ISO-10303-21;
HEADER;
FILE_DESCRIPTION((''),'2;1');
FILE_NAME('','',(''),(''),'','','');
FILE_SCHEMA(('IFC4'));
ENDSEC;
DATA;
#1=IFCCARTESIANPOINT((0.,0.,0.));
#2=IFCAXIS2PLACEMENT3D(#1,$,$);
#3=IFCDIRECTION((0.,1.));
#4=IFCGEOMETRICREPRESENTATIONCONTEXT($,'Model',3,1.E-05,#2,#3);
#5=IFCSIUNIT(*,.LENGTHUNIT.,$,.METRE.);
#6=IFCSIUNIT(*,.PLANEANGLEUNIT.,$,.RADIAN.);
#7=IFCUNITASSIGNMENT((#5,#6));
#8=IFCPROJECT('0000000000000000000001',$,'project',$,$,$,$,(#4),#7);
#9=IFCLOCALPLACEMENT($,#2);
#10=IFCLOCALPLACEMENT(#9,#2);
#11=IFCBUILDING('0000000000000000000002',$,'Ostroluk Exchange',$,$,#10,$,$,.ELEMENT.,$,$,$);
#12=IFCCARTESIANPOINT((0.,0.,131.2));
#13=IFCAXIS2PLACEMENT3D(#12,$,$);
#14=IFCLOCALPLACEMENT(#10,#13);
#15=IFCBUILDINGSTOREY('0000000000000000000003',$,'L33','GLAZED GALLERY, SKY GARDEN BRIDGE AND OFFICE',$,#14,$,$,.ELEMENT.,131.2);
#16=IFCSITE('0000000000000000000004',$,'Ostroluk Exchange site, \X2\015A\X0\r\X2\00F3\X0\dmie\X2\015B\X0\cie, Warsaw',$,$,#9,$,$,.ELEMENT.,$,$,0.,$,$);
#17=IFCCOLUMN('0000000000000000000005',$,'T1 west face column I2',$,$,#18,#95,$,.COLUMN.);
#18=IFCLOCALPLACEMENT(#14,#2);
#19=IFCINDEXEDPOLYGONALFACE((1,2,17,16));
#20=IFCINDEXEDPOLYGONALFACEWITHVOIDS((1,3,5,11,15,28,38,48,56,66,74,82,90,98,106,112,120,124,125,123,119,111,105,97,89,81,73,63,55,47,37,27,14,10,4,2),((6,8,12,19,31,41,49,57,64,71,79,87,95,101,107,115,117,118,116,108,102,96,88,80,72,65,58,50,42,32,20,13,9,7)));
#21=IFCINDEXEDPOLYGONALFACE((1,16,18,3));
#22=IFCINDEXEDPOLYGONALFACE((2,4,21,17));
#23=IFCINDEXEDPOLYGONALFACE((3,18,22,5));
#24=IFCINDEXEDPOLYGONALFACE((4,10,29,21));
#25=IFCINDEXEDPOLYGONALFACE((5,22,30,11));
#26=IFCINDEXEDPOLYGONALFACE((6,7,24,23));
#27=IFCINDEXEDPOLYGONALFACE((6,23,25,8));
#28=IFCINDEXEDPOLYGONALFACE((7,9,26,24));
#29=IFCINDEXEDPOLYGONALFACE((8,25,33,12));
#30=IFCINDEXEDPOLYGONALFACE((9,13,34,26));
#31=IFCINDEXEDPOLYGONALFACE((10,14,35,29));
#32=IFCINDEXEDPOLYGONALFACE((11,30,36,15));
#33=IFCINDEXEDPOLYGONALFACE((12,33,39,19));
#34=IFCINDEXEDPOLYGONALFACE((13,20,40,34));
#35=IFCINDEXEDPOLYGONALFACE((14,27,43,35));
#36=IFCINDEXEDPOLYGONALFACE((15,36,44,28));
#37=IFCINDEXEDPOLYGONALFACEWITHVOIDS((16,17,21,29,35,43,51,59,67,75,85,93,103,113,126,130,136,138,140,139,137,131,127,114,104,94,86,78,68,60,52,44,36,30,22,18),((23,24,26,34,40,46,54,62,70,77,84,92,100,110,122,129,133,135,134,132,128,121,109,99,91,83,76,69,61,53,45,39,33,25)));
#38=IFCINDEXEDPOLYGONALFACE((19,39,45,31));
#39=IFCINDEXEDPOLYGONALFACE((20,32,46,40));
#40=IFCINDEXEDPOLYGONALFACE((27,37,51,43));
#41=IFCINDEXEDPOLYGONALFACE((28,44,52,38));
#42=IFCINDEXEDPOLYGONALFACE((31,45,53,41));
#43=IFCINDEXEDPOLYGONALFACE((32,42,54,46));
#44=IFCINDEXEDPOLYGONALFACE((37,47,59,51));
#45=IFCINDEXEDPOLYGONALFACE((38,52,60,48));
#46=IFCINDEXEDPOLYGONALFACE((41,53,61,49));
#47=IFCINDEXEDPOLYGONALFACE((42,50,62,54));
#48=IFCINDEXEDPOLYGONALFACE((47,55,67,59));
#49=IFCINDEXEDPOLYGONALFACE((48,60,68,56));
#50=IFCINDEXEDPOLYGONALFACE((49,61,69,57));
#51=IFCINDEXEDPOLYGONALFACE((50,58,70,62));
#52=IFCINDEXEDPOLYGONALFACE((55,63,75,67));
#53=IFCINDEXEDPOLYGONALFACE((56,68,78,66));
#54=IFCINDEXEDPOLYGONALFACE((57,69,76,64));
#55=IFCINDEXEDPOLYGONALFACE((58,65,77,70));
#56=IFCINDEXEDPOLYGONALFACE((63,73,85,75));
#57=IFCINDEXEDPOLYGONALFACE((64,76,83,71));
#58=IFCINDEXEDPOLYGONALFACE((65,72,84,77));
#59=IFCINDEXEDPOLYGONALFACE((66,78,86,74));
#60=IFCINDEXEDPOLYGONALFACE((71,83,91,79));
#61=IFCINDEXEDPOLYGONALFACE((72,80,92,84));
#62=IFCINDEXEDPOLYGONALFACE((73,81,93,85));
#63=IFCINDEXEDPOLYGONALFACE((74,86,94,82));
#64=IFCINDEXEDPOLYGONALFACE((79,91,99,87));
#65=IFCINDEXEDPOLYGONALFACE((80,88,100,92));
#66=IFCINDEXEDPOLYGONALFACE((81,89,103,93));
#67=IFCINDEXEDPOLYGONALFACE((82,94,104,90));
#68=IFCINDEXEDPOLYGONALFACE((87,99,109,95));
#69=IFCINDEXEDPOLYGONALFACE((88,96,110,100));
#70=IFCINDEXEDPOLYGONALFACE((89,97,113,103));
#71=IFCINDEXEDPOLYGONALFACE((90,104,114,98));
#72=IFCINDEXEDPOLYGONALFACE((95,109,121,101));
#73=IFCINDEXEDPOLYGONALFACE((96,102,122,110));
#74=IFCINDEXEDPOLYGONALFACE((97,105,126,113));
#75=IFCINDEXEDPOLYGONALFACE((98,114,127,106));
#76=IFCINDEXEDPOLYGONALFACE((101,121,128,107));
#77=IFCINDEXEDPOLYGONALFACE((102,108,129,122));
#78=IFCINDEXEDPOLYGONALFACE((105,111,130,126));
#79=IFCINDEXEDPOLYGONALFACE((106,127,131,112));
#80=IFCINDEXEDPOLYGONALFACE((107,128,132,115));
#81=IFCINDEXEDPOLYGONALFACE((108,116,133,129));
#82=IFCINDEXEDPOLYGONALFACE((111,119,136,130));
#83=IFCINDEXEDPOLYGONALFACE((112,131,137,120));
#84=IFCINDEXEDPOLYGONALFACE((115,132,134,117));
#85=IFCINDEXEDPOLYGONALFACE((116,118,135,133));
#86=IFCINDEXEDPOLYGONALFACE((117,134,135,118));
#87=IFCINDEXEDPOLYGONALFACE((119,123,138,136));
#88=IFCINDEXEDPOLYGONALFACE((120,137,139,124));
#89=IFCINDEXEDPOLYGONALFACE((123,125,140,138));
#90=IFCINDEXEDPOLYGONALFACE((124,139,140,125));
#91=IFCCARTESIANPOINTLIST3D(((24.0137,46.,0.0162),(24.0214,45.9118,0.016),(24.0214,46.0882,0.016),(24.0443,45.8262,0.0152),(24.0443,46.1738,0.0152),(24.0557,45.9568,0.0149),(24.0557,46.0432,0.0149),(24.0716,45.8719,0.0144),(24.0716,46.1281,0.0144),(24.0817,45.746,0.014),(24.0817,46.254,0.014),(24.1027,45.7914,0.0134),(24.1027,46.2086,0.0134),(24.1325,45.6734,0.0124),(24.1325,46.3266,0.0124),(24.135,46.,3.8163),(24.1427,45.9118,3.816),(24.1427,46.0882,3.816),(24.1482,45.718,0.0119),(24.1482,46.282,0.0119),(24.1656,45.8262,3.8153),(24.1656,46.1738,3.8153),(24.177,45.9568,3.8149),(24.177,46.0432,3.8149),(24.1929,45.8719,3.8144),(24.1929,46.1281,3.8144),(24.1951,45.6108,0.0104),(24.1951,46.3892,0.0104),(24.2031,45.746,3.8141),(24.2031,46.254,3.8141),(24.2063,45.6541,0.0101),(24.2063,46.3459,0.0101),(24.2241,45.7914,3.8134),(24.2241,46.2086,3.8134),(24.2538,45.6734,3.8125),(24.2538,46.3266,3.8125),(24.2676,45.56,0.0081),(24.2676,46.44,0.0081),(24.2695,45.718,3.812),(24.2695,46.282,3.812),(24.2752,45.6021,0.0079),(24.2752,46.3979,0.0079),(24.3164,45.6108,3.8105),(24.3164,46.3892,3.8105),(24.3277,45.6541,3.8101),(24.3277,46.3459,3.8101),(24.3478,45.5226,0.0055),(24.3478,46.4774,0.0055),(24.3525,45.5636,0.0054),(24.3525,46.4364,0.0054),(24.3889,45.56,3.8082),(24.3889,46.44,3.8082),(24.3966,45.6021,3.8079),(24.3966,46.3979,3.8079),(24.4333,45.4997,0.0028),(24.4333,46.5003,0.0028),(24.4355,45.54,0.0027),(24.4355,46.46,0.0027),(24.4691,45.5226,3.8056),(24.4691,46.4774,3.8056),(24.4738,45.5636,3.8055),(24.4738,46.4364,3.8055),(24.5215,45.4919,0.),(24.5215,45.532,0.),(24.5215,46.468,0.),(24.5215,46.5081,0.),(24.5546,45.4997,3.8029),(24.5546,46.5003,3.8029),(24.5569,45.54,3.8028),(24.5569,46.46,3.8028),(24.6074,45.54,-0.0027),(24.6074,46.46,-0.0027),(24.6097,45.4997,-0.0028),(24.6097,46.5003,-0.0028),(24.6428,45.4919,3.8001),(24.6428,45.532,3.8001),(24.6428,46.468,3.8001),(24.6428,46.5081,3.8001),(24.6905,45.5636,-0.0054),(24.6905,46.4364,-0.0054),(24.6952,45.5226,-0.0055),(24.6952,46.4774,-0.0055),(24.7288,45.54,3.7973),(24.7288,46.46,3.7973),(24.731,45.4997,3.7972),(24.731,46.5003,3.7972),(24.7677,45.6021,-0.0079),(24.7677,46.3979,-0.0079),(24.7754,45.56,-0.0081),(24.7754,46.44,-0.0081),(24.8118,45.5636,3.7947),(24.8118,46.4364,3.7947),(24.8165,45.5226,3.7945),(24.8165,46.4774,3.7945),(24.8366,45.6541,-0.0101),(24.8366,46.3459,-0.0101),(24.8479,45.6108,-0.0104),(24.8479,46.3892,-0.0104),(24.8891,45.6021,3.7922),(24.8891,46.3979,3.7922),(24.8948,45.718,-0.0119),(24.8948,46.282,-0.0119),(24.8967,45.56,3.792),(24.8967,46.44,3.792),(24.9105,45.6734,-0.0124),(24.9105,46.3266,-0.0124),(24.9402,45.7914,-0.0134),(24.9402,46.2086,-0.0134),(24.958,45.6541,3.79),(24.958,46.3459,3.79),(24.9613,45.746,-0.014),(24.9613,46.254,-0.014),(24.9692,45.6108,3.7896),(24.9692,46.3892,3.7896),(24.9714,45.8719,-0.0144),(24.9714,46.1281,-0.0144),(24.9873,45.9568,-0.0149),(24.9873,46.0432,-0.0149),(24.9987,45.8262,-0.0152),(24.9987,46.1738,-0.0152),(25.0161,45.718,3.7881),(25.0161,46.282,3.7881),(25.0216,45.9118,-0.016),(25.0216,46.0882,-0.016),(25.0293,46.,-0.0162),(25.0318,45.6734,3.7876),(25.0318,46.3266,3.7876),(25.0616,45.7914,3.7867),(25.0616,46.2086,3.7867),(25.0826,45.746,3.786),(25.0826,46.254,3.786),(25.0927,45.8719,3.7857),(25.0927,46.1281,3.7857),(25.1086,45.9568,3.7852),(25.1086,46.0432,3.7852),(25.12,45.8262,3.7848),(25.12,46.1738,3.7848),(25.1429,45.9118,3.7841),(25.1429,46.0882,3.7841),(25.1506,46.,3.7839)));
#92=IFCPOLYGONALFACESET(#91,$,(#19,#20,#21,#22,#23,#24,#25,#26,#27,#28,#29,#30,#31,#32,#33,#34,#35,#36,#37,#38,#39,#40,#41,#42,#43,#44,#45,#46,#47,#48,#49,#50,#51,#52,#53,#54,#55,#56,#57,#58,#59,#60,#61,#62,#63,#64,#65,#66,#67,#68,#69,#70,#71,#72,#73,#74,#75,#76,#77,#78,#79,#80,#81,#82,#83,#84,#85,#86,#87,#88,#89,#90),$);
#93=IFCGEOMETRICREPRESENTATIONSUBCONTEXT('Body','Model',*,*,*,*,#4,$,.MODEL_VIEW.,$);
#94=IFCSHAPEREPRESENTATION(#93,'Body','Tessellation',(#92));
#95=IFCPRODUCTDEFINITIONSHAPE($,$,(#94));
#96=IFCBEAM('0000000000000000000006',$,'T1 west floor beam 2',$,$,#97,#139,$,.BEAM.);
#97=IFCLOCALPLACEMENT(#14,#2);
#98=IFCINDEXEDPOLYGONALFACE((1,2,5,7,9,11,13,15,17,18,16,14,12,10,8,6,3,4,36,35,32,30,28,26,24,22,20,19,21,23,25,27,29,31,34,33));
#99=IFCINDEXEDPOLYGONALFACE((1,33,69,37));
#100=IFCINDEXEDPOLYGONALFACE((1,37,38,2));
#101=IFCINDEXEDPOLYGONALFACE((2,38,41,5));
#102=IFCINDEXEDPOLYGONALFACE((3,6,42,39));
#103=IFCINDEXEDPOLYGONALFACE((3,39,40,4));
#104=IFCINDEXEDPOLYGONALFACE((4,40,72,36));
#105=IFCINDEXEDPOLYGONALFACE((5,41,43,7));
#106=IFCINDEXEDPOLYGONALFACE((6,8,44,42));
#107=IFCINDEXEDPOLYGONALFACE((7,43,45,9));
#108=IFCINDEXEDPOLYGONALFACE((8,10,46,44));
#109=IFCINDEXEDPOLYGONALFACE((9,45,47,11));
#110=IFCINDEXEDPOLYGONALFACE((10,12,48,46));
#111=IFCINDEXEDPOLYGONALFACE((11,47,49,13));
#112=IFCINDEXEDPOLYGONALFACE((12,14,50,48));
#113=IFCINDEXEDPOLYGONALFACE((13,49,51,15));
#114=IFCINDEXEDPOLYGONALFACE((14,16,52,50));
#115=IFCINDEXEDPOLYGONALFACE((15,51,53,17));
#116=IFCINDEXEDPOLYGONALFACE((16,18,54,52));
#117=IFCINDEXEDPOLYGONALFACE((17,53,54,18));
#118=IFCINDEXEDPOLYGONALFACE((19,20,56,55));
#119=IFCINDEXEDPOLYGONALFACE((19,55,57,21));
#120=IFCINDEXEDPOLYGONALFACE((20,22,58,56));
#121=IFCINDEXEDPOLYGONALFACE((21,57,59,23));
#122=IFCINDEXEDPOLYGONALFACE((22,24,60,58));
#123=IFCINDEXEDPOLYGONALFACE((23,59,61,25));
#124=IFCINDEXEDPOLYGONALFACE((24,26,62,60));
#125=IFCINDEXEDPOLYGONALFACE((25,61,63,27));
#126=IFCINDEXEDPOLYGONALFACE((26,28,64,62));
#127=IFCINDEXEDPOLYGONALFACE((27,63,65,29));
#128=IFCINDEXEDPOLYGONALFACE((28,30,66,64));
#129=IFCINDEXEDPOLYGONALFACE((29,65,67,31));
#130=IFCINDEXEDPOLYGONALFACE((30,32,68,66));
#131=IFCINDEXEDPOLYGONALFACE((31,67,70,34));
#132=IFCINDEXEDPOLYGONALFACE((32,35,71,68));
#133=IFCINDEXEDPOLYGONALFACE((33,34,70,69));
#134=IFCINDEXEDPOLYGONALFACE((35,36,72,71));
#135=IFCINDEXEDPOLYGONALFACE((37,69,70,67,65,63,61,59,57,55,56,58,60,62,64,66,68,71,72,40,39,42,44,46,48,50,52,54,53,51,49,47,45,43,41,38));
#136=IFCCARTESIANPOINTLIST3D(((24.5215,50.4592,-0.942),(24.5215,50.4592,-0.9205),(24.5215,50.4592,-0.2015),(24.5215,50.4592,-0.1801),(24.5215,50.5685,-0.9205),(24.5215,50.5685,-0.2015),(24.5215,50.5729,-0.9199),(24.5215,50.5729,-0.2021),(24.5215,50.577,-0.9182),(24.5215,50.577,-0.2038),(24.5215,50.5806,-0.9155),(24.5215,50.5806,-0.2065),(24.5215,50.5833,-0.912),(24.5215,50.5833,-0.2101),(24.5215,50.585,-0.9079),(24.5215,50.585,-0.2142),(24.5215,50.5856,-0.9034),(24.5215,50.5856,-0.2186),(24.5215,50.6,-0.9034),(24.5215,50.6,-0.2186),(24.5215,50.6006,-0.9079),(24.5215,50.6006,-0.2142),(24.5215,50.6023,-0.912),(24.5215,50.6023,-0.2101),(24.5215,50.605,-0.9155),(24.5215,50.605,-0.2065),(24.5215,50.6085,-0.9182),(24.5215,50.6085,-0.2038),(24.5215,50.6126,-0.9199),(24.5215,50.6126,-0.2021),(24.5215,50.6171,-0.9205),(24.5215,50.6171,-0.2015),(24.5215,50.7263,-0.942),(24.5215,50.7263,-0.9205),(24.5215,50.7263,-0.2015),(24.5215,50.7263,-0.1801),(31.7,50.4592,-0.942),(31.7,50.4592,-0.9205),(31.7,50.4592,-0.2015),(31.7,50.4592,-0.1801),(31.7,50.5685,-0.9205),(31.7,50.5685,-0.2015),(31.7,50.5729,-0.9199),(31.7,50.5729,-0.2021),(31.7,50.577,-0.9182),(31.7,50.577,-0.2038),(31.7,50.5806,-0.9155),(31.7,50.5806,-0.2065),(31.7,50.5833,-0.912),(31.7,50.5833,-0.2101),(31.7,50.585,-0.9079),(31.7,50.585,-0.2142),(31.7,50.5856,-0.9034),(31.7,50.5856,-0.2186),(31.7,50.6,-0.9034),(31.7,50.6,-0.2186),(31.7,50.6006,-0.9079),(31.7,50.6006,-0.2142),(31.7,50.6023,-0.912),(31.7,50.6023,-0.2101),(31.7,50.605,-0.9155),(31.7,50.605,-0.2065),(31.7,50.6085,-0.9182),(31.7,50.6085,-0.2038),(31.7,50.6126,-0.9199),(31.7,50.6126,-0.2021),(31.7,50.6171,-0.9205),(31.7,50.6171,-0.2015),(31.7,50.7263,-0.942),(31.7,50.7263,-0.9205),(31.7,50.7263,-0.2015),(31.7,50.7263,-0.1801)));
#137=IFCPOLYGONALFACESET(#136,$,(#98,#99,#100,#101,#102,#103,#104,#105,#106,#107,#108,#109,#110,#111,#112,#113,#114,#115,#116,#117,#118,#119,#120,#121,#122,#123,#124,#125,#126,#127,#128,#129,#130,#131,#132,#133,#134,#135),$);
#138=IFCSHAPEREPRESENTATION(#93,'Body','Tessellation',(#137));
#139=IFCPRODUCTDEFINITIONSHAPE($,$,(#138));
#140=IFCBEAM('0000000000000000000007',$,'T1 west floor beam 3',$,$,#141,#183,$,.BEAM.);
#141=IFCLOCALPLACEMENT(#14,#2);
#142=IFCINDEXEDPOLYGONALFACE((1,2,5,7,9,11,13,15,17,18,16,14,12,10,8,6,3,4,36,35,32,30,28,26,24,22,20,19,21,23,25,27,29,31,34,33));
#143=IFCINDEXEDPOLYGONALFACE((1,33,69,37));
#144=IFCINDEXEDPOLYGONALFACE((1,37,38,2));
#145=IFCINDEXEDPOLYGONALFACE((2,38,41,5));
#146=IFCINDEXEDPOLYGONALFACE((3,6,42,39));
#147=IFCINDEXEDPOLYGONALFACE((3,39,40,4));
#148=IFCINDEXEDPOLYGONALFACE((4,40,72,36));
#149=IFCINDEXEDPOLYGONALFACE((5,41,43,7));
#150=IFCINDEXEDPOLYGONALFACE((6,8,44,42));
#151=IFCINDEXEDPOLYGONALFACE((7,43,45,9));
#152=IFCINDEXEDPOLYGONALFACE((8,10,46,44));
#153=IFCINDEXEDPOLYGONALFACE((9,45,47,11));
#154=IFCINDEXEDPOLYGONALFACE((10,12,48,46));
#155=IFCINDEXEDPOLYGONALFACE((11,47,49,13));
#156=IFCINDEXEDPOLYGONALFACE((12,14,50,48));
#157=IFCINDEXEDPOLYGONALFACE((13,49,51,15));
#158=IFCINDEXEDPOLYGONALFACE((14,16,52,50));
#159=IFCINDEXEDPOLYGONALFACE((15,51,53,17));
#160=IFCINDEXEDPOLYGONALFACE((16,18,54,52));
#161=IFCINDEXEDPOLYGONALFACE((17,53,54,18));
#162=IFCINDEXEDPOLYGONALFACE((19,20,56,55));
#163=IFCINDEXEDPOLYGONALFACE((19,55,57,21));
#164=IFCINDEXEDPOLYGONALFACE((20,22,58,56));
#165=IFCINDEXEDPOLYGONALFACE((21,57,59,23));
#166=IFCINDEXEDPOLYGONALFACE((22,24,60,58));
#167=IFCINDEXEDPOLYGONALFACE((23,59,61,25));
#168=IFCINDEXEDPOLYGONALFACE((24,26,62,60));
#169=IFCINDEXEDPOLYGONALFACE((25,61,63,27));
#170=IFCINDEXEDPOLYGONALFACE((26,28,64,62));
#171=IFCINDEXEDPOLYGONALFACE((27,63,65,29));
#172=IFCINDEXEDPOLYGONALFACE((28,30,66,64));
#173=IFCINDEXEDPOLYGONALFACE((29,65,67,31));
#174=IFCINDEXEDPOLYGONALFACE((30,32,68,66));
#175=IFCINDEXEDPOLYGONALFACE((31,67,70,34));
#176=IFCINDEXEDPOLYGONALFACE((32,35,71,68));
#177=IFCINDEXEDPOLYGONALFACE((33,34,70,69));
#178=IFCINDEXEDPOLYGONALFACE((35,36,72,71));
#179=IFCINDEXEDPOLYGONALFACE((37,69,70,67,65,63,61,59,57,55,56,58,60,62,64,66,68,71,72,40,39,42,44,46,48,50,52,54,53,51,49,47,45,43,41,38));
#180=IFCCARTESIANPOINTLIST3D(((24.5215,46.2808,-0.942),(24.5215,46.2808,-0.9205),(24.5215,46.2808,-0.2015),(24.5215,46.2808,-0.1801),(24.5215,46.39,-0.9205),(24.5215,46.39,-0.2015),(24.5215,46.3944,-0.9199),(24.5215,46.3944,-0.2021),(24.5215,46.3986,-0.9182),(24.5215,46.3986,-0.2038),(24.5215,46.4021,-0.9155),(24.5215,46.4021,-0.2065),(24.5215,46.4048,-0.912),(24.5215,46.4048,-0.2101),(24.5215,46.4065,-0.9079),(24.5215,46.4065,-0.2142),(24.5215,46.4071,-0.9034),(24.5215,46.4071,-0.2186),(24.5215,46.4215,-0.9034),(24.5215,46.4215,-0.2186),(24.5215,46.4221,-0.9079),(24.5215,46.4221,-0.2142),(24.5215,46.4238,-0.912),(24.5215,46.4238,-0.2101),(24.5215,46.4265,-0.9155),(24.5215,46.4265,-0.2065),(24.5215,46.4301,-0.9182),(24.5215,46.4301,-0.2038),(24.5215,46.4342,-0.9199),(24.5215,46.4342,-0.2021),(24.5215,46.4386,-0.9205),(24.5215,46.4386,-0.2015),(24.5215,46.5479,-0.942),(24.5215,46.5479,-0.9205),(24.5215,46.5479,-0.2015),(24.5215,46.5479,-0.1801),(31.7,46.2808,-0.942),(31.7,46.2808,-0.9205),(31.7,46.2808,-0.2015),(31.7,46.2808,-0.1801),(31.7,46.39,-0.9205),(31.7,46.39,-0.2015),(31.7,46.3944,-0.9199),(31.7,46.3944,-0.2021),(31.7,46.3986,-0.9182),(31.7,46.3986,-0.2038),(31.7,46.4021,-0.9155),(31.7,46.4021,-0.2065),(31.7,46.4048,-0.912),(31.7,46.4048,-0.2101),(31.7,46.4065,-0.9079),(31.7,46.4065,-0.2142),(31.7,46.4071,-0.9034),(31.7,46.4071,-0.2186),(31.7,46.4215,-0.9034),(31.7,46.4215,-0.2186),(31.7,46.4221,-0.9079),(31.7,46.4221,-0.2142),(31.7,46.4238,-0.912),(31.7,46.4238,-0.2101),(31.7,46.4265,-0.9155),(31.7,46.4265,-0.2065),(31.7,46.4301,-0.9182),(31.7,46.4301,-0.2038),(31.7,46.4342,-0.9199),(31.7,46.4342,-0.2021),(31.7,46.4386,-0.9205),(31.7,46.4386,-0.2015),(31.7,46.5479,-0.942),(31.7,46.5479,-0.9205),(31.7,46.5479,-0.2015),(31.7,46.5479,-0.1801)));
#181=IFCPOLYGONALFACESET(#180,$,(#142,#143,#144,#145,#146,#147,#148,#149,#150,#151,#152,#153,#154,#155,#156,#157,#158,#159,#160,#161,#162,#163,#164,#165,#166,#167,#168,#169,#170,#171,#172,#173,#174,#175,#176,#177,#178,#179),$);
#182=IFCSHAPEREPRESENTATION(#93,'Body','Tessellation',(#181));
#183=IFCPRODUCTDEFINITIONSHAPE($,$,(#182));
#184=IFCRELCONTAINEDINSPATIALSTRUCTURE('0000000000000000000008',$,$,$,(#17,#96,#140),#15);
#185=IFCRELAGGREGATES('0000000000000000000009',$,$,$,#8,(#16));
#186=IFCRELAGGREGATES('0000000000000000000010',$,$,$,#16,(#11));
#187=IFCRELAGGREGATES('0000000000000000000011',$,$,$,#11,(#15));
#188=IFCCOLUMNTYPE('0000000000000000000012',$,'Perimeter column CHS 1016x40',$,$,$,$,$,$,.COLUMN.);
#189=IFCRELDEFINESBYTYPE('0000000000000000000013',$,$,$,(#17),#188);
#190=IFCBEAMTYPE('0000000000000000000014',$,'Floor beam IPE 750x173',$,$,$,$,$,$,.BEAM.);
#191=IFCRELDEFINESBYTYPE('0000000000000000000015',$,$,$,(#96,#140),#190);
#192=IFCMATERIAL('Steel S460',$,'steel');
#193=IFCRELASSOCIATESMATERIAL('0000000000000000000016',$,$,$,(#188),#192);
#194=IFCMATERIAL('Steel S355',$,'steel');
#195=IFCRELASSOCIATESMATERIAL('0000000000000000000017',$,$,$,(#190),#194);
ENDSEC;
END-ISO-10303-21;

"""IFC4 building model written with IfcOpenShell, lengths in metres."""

from ifc_helpers import new_model, si_unit, direction, frame, origin, origin_2d, place, context, subcontext, project, spatial, hollow_circle, i_section, extrude, material, material_profile, profile_set, type_object, element, save


model = new_model("IFC4")

# Units and contexts
model_context = context("Model", 3, precision=1e-05, world=origin(), true_north=direction((0.0, 1.0)))
body_context = subcontext(model_context, "Body", "Model", "MODEL_VIEW")
ifc_project = project(units=[si_unit("LENGTHUNIT", "METRE"), si_unit("PLANEANGLEUNIT", "RADIAN")], contexts=[model_context])

# Site, building, storey
site_placement = place(None, origin())
site = spatial("IfcSite", under=ifc_project, at=site_placement, Name="Ostroluk Exchange site, Śródmieście, Warsaw", CompositionType="ELEMENT", RefElevation=0.0)
building_placement = place(site_placement, origin())
building = spatial("IfcBuilding", under=site, at=building_placement, Name="Ostroluk Exchange", CompositionType="ELEMENT")
storey_placement = place(building_placement, frame((0.0, 0.0, 131.2)))
storey = spatial("IfcBuildingStorey", under=building, at=storey_placement, Name="L33", Description="GLAZED GALLERY, SKY GARDEN BRIDGE AND OFFICE", CompositionType="ELEMENT", Elevation=131.2)

# Column
ifc_material_1 = material(Name="Steel S460", Category="steel")
ifc_material_profile_1 = material_profile(ifc_material_1, hollow_circle(Radius=0.5081, WallThickness=0.04, at=origin_2d()), Name="CHS 1016x40")
ifc_profile_set_1 = profile_set([ifc_material_profile_1], Name="Steel S460")
column_type = type_object("IfcColumnType", Name="Perimeter column CHS 1016x40", PredefinedType="COLUMN", material=ifc_profile_set_1)
column_placement = place(storey_placement, frame((24.5215, 46.0, 0.0), z_axis=(0.031914, 0.0, 0.999491), x_axis=(0.0, 1.0, 0.0)))
element("IfcColumn", 1, at=column_placement, inside=storey, type_object=column_type, Name="T1 west face column I2", PredefinedType="COLUMN", context=body_context, shape_type="SweptSolid", body=[
    extrude(hollow_circle(Radius=0.5081, WallThickness=0.04, at=origin_2d()), origin(), (0.0, 0.0, 1.0), 3.802),
])

# Beams
ifc_material_2 = material(Name="Steel S355", Category="steel")
ifc_material_profile_2 = material_profile(ifc_material_2, i_section(OverallWidth=0.2671, OverallDepth=0.762, WebThickness=0.0144, FlangeThickness=0.0215, FilletRadius=0.0171, at=origin_2d()), Name="IPE 750x173")
ifc_profile_set_2 = profile_set([ifc_material_profile_2], Name="Steel S355")
beam_type_1 = type_object("IfcBeamType", Name="Floor beam IPE 750x173", PredefinedType="BEAM", material=ifc_profile_set_2)
for number, where, z_axis, x_axis, name in (
    (2, (31.7, 50.5928, -0.561), (-1.0, 0.0, 0.0), (0.0, -1.0, 0.0), "T1 west floor beam 2"),
    (3, (31.7, 46.4143, -0.561), (-1.0, 0.0, 0.0), (0.0, -1.0, 0.0), "T1 west floor beam 3"),
):
    element("IfcBeam", number, at=place(storey_placement, frame(where, z_axis=z_axis, x_axis=x_axis)), inside=storey, type_object=beam_type_1, Name=name, PredefinedType="BEAM", context=body_context, shape_type="SweptSolid", body=[
        extrude(i_section(OverallWidth=0.2671, OverallDepth=0.762, WebThickness=0.0144, FlangeThickness=0.0215, FilletRadius=0.0171, at=origin_2d()), origin(), (0.0, 0.0, 1.0), 7.1785),
    ])

save(model, "model.ifc")
